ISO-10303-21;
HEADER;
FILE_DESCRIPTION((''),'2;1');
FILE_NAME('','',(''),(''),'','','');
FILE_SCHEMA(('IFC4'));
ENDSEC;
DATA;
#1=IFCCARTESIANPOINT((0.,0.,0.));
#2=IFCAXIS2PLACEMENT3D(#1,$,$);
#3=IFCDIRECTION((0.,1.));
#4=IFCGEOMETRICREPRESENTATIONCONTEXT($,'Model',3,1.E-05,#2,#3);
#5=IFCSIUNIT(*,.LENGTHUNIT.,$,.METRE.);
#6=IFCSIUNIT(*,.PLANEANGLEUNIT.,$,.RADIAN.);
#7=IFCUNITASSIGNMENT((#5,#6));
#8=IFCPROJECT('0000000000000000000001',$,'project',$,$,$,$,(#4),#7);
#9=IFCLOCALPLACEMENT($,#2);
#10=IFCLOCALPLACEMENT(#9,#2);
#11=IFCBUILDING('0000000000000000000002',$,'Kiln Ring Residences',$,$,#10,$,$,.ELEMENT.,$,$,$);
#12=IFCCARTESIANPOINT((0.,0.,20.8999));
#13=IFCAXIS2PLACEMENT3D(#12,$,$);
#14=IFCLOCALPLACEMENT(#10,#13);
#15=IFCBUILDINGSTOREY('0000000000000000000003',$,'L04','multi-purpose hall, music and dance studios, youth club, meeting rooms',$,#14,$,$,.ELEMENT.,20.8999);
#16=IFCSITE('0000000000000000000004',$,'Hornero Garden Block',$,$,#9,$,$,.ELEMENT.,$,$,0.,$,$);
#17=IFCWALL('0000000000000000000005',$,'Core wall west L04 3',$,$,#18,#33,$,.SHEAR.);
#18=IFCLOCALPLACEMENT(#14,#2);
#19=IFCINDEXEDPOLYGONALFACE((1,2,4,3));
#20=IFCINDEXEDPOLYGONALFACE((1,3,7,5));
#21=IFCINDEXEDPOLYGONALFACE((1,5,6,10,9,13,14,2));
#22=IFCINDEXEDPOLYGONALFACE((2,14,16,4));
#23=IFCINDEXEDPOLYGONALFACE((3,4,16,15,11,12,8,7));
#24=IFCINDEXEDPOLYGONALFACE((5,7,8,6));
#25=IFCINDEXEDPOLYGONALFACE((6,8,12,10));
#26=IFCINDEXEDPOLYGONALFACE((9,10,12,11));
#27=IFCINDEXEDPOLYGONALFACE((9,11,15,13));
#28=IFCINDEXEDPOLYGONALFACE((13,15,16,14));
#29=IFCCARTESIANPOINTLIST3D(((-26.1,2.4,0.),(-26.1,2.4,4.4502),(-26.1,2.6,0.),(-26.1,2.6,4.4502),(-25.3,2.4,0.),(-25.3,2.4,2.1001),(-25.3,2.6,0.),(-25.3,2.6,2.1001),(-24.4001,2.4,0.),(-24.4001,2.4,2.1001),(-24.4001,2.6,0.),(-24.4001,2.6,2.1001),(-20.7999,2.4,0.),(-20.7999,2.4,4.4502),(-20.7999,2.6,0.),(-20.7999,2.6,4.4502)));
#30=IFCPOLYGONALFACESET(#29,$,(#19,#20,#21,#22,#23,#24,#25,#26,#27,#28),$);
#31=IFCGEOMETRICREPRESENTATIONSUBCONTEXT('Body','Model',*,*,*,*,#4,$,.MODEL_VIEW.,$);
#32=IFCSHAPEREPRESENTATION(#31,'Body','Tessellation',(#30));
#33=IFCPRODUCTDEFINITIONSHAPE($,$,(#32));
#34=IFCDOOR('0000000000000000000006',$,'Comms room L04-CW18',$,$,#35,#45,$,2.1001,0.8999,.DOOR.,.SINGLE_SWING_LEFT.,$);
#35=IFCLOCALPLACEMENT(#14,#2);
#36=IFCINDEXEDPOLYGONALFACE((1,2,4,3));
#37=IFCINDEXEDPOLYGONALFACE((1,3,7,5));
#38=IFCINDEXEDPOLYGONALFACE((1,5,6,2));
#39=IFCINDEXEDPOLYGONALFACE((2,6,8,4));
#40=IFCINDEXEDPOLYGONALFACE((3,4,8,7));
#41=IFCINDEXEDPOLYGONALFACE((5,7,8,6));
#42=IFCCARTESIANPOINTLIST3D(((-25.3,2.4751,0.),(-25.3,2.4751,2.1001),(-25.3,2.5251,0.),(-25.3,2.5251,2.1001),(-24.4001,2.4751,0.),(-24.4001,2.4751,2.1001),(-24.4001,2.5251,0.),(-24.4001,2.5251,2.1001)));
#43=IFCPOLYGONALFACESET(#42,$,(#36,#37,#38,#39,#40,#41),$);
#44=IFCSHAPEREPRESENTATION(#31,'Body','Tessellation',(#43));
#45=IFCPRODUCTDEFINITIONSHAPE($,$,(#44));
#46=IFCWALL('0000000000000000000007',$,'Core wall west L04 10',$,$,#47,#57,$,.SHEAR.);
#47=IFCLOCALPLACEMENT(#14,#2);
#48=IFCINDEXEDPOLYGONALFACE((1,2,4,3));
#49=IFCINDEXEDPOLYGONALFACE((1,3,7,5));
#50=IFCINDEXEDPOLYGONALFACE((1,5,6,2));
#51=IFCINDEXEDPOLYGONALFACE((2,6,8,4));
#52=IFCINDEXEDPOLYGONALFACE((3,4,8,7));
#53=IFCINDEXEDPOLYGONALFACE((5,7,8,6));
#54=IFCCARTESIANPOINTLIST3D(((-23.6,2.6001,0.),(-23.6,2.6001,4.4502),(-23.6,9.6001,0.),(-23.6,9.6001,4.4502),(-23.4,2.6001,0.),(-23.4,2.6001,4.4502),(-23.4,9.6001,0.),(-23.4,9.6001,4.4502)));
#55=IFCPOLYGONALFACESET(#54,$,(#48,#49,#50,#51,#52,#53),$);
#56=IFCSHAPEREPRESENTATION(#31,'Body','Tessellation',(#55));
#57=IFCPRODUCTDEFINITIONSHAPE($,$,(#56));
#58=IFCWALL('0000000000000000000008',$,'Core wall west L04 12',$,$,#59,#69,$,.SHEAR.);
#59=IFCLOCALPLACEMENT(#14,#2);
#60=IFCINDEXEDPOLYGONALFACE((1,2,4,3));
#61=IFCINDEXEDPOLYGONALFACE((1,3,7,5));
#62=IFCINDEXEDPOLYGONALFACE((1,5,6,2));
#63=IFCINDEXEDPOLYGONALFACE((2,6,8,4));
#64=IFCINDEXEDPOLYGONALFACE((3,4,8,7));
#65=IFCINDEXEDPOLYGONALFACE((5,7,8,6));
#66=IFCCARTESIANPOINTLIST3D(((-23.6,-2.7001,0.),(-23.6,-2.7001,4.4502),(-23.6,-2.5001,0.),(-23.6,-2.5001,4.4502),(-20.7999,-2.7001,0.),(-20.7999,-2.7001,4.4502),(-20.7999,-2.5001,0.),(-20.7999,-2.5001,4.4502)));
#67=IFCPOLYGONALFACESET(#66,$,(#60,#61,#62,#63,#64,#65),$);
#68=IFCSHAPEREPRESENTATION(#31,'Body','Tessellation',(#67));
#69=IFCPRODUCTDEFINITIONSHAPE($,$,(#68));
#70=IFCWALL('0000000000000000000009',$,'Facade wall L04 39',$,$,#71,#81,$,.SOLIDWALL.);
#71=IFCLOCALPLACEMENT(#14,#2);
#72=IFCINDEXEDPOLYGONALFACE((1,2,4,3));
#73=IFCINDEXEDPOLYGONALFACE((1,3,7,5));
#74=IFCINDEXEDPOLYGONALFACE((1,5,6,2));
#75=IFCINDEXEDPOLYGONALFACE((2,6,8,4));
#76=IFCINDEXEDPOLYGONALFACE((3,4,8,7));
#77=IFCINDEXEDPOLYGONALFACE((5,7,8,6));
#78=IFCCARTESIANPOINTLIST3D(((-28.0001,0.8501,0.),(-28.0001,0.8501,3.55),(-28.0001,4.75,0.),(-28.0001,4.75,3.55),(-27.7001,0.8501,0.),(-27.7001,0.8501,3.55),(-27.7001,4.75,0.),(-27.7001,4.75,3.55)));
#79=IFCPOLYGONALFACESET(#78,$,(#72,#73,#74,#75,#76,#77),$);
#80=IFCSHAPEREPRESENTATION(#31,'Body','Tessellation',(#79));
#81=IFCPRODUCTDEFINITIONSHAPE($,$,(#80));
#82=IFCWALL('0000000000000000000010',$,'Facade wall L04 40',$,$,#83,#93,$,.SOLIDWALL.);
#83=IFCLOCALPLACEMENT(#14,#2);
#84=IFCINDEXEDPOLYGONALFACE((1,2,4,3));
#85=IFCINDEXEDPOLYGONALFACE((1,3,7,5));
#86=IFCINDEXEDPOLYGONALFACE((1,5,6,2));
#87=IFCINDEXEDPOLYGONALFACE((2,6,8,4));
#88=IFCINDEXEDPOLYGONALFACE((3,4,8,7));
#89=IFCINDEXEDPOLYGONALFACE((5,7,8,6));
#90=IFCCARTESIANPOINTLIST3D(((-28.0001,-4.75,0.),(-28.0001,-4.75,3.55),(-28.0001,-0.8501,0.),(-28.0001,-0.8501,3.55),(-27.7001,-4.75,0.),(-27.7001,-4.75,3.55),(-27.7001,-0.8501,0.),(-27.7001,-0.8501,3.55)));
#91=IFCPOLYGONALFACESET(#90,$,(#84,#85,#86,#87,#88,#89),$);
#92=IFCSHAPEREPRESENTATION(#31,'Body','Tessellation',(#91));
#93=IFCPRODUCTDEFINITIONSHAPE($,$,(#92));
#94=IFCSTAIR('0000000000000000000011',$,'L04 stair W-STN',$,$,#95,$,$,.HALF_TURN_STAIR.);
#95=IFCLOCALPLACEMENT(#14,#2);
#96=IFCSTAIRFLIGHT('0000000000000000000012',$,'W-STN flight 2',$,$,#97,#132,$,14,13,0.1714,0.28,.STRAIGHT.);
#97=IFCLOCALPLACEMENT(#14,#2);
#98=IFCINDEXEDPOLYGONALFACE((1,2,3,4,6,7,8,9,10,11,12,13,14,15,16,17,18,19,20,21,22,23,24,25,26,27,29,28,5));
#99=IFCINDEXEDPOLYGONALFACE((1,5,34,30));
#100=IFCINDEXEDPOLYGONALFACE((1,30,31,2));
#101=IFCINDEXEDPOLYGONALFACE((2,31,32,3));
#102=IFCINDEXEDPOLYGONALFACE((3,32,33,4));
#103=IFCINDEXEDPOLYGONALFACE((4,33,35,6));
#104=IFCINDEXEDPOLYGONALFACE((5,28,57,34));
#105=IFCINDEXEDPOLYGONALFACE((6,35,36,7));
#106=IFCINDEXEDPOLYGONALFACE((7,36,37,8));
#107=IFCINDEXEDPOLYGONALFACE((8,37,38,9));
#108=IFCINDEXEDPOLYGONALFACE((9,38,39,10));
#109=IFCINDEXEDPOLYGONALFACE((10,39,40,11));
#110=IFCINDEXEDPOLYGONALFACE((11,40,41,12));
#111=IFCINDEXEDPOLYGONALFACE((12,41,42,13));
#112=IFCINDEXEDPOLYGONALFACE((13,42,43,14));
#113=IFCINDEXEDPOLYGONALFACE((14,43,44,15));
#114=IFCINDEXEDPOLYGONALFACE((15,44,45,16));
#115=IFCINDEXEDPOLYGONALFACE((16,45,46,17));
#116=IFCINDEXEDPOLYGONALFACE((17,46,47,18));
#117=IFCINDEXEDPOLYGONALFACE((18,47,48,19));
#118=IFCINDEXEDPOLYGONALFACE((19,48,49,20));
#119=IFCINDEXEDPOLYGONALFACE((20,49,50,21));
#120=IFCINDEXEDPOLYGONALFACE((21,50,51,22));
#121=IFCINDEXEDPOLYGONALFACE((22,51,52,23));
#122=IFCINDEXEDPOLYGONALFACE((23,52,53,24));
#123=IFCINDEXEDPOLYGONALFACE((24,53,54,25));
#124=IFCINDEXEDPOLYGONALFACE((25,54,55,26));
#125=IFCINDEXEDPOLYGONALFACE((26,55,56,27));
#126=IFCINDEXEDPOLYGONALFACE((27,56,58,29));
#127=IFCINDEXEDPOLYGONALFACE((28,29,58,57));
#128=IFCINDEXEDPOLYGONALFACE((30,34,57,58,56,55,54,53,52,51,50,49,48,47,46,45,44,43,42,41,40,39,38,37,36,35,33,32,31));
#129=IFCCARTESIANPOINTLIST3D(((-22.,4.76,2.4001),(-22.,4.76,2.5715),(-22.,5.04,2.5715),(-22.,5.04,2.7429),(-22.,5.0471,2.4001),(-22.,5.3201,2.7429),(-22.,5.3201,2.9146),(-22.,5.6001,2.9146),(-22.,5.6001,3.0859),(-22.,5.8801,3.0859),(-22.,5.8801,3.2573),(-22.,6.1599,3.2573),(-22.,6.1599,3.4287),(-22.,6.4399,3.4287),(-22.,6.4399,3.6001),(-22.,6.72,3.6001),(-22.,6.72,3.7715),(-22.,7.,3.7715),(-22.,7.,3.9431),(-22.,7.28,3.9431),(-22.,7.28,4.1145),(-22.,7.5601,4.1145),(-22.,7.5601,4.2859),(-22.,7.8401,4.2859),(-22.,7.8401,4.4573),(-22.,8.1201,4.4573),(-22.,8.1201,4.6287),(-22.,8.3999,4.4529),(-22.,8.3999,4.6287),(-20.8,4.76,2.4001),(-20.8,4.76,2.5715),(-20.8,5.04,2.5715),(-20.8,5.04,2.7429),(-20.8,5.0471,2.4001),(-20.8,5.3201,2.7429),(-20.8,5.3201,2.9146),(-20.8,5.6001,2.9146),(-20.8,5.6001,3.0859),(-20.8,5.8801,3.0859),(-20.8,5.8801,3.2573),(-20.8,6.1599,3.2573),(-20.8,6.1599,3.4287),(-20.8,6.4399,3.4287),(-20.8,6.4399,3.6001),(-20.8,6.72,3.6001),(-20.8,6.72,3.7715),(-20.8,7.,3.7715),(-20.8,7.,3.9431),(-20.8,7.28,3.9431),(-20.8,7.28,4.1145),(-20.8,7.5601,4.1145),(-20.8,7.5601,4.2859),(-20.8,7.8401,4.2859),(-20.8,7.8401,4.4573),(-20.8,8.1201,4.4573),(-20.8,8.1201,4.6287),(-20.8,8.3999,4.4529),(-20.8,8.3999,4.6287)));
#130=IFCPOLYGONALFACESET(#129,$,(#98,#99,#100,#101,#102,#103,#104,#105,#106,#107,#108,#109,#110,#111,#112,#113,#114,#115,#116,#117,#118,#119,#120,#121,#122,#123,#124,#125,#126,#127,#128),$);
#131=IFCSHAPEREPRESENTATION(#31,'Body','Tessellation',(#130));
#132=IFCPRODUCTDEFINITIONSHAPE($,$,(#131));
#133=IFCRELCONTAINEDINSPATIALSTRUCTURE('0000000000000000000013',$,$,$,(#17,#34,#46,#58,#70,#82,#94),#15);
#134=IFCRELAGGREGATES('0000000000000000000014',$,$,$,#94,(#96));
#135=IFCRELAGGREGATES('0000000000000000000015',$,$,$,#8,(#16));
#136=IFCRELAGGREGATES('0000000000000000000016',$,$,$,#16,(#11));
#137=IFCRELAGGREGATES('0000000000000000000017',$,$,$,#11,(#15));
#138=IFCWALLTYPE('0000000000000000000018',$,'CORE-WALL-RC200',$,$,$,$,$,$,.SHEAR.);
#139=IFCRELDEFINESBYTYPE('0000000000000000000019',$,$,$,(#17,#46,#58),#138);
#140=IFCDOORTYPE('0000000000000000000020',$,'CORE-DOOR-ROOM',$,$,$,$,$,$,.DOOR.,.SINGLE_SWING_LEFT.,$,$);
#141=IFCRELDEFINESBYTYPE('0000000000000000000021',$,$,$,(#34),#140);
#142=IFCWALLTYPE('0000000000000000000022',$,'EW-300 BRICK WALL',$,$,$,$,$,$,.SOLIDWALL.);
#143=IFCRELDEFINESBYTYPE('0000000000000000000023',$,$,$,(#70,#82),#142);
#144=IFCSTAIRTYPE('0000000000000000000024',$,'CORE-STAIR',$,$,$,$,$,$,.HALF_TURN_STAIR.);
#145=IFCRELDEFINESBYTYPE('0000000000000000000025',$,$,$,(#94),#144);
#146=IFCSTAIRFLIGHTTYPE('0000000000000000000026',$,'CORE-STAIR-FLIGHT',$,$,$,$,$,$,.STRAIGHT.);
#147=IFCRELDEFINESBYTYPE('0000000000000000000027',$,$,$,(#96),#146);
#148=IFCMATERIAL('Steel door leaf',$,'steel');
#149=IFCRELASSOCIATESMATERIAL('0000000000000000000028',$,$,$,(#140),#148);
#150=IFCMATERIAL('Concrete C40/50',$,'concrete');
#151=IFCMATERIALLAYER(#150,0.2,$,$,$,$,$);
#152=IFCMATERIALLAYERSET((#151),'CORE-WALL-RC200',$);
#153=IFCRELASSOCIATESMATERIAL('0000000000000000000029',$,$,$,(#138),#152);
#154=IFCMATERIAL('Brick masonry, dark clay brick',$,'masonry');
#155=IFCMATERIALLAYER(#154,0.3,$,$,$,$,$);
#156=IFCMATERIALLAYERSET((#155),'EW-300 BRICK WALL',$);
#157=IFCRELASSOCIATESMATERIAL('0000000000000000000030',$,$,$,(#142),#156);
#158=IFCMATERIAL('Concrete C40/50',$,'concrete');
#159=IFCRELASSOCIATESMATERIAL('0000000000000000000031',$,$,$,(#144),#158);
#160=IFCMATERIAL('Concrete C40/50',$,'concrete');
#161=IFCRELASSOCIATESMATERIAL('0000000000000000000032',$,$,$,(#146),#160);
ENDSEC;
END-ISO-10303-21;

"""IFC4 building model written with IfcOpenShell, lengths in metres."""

from ifc_helpers import new_model, si_unit, direction, frame, frame_2d, origin, place, context, subcontext, project, spatial, polyline, rectangle, outline, extrude, material, layer, layer_set, type_object, element, fill, aggregate, save


model = new_model("IFC4")

# Units and contexts
model_context = context("Model", 3, precision=1e-05, world=origin(), true_north=direction((0.0, 1.0)))
body_context = subcontext(model_context, "Body", "Model", "MODEL_VIEW")
ifc_project = project(units=[si_unit("LENGTHUNIT", "METRE"), si_unit("PLANEANGLEUNIT", "RADIAN")], contexts=[model_context])

# Site, building, storey
site_placement = place(None, origin())
site = spatial("IfcSite", under=ifc_project, at=site_placement, Name="Hornero Garden Block", CompositionType="ELEMENT", RefElevation=0.0)
building_placement = place(site_placement, origin())
building = spatial("IfcBuilding", under=site, at=building_placement, Name="Kiln Ring Residences", CompositionType="ELEMENT")
storey_placement = place(building_placement, frame((0.0, 0.0, 20.8999)))
storey = spatial("IfcBuildingStorey", under=building, at=storey_placement, Name="L04", Description="multi-purpose hall, music and dance studios, youth club, meeting rooms", CompositionType="ELEMENT", Elevation=20.8999)

# Shared definitions
ifc_material_1 = material(Name="Steel door leaf", Category="steel")
door_type = type_object("IfcDoorType", Name="CORE-DOOR-ROOM", OperationType="SINGLE_SWING_LEFT", PredefinedType="DOOR", material=ifc_material_1)

# Shared definitions
ifc_material_2 = material(Name="Concrete C40/50", Category="concrete")
ifc_layer_1 = layer(ifc_material_2, 0.2)
ifc_layer_set_1 = layer_set([ifc_layer_1], Name="CORE-WALL-RC200")
wall_type_1 = type_object("IfcWallType", Name="CORE-WALL-RC200", PredefinedType="SHEAR", material=ifc_layer_set_1)

# Wall, opening, door
wall_1_placement = place(storey_placement, frame((-20.8, 2.5, 0.0), z_axis=(0.0, 0.0, 1.0), x_axis=(-1.0, 0.0, 0.0)))
wall_1 = element("IfcWall", 1, at=wall_1_placement, inside=storey, type_object=wall_type_1, Name="Core wall west L04 3", PredefinedType="SHEAR", context=body_context, shape_type="SweptSolid", body=[
    extrude(rectangle(XDim=5.3, YDim=0.2, at=frame_2d((2.6499, 0.0))), origin(), (0.0, 0.0, 1.0), 4.4502),
])
opening_1_placement = place(wall_1_placement, frame((3.6001, 0.0, 0.0)))
opening_1 = element("IfcOpeningElement", 2, at=opening_1_placement, cuts=wall_1, PredefinedType="OPENING", context=body_context, shape_type="SweptSolid", body=[
    extrude(rectangle(XDim=0.8999, YDim=2.1001, at=frame_2d((0.45, 1.05))), frame((0.0, 0.1099, 0.0), z_axis=(0.0, -1.0, 0.0), x_axis=(1.0, 0.0, 0.0)), (0.0, 0.0, 1.0), 0.22),
])
door_1_placement = place(opening_1_placement, origin())
door_1 = element("IfcDoor", 3, at=door_1_placement, inside=storey, type_object=door_type, Name="Comms room L04-CW18", OperationType="SINGLE_SWING_LEFT", OverallHeight=2.1001, OverallWidth=0.8999, PredefinedType="DOOR", context=body_context, shape_type="SweptSolid", body=[
    extrude(rectangle(XDim=0.8999, YDim=2.1001, at=frame_2d((0.45, 1.05))), frame((0.0, 0.0249, 0.0), z_axis=(0.0, -1.0, 0.0), x_axis=(1.0, 0.0, 0.0)), (0.0, 0.0, 1.0), 0.05),
])
fill(opening_1, door_1)

# Walls
wall_2_placement = place(storey_placement, frame((-23.5, 2.6001, 0.0), z_axis=(0.0, 0.0, 1.0), x_axis=(0.0, 1.0, 0.0)))
element("IfcWall", 4, at=wall_2_placement, inside=storey, type_object=wall_type_1, Name="Core wall west L04 10", PredefinedType="SHEAR", context=body_context, shape_type="SweptSolid", body=[
    extrude(rectangle(XDim=7.0, YDim=0.2, at=frame_2d((3.5, 0.0))), origin(), (0.0, 0.0, 1.0), 4.4502),
])
wall_3_placement = place(storey_placement, frame((-20.8, -2.6001, 0.0), z_axis=(0.0, 0.0, 1.0), x_axis=(-1.0, 0.0, 0.0)))
element("IfcWall", 5, at=wall_3_placement, inside=storey, type_object=wall_type_1, Name="Core wall west L04 12", PredefinedType="SHEAR", context=body_context, shape_type="SweptSolid", body=[
    extrude(rectangle(XDim=2.8, YDim=0.2, at=frame_2d((1.3999, 0.0))), origin(), (0.0, 0.0, 1.0), 4.4502),
])
ifc_material_3 = material(Name="Brick masonry, dark clay brick", Category="masonry")
ifc_layer_2 = layer(ifc_material_3, 0.3)
ifc_layer_set_2 = layer_set([ifc_layer_2], Name="EW-300 BRICK WALL")
wall_type_2 = type_object("IfcWallType", Name="EW-300 BRICK WALL", PredefinedType="SOLIDWALL", material=ifc_layer_set_2)
for number, where, z_axis, x_axis, name in (
    (6, (-27.8501, 4.75, 0.0), (0.0, 0.0, 1.0), (0.0, -1.0, 0.0), "Facade wall L04 39"),
    (7, (-27.8501, -0.8501, 0.0), (0.0, 0.0, 1.0), (0.0, -1.0, 0.0), "Facade wall L04 40"),
):
    element("IfcWall", number, at=place(storey_placement, frame(where, z_axis=z_axis, x_axis=x_axis)), inside=storey, type_object=wall_type_2, Name=name, PredefinedType="SOLIDWALL", context=body_context, shape_type="SweptSolid", body=[
        extrude(rectangle(XDim=3.8999, YDim=0.3, at=frame_2d((1.95, 0.0))), origin(), (0.0, 0.0, 1.0), 3.55),
    ])

# Stair, stair flight
ifc_material_4 = material(Name="Concrete C40/50", Category="concrete")
stair_type = type_object("IfcStairType", Name="CORE-STAIR", PredefinedType="HALF_TURN_STAIR", material=ifc_material_4)
stair_placement = place(storey_placement, origin())
stair = element("IfcStair", 8, at=stair_placement, inside=storey, type_object=stair_type, Name="L04 stair W-STN", PredefinedType="HALF_TURN_STAIR")
ifc_material_5 = material(Name="Concrete C40/50", Category="concrete")
stair_flight_type = type_object("IfcStairFlightType", Name="CORE-STAIR-FLIGHT", PredefinedType="STRAIGHT", material=ifc_material_5)
stair_flight_placement = place(storey_placement, frame((-21.3999, 4.76, 2.4001), z_axis=(0.0, 0.0, 1.0), x_axis=(0.0, 1.0, 0.0)))
stair_flight = element("IfcStairFlight", 9, at=stair_flight_placement, type_object=stair_flight_type, Name="W-STN flight 2", NumberOfRisers=14, NumberOfTreads=13, PredefinedType="STRAIGHT", RiserHeight=0.1714, TreadLength=0.28, context=body_context, shape_type="SweptSolid", body=[
    extrude(outline(polyline([(0.0, 0.0), (0.0, 0.1714), (0.28, 0.1714), (0.28, 0.3428), (0.5601, 0.3428), (0.5601, 0.5144), (0.8401, 0.5144), (0.8401, 0.6858), (1.1201, 0.6858), (1.1201, 0.8572), (1.3999, 0.8572), (1.3999, 1.0286), (1.6799, 1.0286), (1.6799, 1.2), (1.96, 1.2), (1.96, 1.3713), (2.24, 1.3713), (2.24, 1.543), (2.52, 1.543), (2.52, 1.7144), (2.8, 1.7144), (2.8, 1.8857), (3.0801, 1.8857), (3.0801, 2.0571), (3.3601, 2.0571), (3.3601, 2.2285), (3.6399, 2.2285), (3.6399, 2.3999), (3.6399, 2.0527), (0.2871, 0.0), (0.0, 0.0)])), frame((0.0, 0.6001, 0.0), z_axis=(0.0, -1.0, 0.0), x_axis=(1.0, 0.0, 0.0)), (0.0, 0.0, 1.0), 1.2),
])
aggregate(stair, [stair_flight])

save(model, "model.ifc")
